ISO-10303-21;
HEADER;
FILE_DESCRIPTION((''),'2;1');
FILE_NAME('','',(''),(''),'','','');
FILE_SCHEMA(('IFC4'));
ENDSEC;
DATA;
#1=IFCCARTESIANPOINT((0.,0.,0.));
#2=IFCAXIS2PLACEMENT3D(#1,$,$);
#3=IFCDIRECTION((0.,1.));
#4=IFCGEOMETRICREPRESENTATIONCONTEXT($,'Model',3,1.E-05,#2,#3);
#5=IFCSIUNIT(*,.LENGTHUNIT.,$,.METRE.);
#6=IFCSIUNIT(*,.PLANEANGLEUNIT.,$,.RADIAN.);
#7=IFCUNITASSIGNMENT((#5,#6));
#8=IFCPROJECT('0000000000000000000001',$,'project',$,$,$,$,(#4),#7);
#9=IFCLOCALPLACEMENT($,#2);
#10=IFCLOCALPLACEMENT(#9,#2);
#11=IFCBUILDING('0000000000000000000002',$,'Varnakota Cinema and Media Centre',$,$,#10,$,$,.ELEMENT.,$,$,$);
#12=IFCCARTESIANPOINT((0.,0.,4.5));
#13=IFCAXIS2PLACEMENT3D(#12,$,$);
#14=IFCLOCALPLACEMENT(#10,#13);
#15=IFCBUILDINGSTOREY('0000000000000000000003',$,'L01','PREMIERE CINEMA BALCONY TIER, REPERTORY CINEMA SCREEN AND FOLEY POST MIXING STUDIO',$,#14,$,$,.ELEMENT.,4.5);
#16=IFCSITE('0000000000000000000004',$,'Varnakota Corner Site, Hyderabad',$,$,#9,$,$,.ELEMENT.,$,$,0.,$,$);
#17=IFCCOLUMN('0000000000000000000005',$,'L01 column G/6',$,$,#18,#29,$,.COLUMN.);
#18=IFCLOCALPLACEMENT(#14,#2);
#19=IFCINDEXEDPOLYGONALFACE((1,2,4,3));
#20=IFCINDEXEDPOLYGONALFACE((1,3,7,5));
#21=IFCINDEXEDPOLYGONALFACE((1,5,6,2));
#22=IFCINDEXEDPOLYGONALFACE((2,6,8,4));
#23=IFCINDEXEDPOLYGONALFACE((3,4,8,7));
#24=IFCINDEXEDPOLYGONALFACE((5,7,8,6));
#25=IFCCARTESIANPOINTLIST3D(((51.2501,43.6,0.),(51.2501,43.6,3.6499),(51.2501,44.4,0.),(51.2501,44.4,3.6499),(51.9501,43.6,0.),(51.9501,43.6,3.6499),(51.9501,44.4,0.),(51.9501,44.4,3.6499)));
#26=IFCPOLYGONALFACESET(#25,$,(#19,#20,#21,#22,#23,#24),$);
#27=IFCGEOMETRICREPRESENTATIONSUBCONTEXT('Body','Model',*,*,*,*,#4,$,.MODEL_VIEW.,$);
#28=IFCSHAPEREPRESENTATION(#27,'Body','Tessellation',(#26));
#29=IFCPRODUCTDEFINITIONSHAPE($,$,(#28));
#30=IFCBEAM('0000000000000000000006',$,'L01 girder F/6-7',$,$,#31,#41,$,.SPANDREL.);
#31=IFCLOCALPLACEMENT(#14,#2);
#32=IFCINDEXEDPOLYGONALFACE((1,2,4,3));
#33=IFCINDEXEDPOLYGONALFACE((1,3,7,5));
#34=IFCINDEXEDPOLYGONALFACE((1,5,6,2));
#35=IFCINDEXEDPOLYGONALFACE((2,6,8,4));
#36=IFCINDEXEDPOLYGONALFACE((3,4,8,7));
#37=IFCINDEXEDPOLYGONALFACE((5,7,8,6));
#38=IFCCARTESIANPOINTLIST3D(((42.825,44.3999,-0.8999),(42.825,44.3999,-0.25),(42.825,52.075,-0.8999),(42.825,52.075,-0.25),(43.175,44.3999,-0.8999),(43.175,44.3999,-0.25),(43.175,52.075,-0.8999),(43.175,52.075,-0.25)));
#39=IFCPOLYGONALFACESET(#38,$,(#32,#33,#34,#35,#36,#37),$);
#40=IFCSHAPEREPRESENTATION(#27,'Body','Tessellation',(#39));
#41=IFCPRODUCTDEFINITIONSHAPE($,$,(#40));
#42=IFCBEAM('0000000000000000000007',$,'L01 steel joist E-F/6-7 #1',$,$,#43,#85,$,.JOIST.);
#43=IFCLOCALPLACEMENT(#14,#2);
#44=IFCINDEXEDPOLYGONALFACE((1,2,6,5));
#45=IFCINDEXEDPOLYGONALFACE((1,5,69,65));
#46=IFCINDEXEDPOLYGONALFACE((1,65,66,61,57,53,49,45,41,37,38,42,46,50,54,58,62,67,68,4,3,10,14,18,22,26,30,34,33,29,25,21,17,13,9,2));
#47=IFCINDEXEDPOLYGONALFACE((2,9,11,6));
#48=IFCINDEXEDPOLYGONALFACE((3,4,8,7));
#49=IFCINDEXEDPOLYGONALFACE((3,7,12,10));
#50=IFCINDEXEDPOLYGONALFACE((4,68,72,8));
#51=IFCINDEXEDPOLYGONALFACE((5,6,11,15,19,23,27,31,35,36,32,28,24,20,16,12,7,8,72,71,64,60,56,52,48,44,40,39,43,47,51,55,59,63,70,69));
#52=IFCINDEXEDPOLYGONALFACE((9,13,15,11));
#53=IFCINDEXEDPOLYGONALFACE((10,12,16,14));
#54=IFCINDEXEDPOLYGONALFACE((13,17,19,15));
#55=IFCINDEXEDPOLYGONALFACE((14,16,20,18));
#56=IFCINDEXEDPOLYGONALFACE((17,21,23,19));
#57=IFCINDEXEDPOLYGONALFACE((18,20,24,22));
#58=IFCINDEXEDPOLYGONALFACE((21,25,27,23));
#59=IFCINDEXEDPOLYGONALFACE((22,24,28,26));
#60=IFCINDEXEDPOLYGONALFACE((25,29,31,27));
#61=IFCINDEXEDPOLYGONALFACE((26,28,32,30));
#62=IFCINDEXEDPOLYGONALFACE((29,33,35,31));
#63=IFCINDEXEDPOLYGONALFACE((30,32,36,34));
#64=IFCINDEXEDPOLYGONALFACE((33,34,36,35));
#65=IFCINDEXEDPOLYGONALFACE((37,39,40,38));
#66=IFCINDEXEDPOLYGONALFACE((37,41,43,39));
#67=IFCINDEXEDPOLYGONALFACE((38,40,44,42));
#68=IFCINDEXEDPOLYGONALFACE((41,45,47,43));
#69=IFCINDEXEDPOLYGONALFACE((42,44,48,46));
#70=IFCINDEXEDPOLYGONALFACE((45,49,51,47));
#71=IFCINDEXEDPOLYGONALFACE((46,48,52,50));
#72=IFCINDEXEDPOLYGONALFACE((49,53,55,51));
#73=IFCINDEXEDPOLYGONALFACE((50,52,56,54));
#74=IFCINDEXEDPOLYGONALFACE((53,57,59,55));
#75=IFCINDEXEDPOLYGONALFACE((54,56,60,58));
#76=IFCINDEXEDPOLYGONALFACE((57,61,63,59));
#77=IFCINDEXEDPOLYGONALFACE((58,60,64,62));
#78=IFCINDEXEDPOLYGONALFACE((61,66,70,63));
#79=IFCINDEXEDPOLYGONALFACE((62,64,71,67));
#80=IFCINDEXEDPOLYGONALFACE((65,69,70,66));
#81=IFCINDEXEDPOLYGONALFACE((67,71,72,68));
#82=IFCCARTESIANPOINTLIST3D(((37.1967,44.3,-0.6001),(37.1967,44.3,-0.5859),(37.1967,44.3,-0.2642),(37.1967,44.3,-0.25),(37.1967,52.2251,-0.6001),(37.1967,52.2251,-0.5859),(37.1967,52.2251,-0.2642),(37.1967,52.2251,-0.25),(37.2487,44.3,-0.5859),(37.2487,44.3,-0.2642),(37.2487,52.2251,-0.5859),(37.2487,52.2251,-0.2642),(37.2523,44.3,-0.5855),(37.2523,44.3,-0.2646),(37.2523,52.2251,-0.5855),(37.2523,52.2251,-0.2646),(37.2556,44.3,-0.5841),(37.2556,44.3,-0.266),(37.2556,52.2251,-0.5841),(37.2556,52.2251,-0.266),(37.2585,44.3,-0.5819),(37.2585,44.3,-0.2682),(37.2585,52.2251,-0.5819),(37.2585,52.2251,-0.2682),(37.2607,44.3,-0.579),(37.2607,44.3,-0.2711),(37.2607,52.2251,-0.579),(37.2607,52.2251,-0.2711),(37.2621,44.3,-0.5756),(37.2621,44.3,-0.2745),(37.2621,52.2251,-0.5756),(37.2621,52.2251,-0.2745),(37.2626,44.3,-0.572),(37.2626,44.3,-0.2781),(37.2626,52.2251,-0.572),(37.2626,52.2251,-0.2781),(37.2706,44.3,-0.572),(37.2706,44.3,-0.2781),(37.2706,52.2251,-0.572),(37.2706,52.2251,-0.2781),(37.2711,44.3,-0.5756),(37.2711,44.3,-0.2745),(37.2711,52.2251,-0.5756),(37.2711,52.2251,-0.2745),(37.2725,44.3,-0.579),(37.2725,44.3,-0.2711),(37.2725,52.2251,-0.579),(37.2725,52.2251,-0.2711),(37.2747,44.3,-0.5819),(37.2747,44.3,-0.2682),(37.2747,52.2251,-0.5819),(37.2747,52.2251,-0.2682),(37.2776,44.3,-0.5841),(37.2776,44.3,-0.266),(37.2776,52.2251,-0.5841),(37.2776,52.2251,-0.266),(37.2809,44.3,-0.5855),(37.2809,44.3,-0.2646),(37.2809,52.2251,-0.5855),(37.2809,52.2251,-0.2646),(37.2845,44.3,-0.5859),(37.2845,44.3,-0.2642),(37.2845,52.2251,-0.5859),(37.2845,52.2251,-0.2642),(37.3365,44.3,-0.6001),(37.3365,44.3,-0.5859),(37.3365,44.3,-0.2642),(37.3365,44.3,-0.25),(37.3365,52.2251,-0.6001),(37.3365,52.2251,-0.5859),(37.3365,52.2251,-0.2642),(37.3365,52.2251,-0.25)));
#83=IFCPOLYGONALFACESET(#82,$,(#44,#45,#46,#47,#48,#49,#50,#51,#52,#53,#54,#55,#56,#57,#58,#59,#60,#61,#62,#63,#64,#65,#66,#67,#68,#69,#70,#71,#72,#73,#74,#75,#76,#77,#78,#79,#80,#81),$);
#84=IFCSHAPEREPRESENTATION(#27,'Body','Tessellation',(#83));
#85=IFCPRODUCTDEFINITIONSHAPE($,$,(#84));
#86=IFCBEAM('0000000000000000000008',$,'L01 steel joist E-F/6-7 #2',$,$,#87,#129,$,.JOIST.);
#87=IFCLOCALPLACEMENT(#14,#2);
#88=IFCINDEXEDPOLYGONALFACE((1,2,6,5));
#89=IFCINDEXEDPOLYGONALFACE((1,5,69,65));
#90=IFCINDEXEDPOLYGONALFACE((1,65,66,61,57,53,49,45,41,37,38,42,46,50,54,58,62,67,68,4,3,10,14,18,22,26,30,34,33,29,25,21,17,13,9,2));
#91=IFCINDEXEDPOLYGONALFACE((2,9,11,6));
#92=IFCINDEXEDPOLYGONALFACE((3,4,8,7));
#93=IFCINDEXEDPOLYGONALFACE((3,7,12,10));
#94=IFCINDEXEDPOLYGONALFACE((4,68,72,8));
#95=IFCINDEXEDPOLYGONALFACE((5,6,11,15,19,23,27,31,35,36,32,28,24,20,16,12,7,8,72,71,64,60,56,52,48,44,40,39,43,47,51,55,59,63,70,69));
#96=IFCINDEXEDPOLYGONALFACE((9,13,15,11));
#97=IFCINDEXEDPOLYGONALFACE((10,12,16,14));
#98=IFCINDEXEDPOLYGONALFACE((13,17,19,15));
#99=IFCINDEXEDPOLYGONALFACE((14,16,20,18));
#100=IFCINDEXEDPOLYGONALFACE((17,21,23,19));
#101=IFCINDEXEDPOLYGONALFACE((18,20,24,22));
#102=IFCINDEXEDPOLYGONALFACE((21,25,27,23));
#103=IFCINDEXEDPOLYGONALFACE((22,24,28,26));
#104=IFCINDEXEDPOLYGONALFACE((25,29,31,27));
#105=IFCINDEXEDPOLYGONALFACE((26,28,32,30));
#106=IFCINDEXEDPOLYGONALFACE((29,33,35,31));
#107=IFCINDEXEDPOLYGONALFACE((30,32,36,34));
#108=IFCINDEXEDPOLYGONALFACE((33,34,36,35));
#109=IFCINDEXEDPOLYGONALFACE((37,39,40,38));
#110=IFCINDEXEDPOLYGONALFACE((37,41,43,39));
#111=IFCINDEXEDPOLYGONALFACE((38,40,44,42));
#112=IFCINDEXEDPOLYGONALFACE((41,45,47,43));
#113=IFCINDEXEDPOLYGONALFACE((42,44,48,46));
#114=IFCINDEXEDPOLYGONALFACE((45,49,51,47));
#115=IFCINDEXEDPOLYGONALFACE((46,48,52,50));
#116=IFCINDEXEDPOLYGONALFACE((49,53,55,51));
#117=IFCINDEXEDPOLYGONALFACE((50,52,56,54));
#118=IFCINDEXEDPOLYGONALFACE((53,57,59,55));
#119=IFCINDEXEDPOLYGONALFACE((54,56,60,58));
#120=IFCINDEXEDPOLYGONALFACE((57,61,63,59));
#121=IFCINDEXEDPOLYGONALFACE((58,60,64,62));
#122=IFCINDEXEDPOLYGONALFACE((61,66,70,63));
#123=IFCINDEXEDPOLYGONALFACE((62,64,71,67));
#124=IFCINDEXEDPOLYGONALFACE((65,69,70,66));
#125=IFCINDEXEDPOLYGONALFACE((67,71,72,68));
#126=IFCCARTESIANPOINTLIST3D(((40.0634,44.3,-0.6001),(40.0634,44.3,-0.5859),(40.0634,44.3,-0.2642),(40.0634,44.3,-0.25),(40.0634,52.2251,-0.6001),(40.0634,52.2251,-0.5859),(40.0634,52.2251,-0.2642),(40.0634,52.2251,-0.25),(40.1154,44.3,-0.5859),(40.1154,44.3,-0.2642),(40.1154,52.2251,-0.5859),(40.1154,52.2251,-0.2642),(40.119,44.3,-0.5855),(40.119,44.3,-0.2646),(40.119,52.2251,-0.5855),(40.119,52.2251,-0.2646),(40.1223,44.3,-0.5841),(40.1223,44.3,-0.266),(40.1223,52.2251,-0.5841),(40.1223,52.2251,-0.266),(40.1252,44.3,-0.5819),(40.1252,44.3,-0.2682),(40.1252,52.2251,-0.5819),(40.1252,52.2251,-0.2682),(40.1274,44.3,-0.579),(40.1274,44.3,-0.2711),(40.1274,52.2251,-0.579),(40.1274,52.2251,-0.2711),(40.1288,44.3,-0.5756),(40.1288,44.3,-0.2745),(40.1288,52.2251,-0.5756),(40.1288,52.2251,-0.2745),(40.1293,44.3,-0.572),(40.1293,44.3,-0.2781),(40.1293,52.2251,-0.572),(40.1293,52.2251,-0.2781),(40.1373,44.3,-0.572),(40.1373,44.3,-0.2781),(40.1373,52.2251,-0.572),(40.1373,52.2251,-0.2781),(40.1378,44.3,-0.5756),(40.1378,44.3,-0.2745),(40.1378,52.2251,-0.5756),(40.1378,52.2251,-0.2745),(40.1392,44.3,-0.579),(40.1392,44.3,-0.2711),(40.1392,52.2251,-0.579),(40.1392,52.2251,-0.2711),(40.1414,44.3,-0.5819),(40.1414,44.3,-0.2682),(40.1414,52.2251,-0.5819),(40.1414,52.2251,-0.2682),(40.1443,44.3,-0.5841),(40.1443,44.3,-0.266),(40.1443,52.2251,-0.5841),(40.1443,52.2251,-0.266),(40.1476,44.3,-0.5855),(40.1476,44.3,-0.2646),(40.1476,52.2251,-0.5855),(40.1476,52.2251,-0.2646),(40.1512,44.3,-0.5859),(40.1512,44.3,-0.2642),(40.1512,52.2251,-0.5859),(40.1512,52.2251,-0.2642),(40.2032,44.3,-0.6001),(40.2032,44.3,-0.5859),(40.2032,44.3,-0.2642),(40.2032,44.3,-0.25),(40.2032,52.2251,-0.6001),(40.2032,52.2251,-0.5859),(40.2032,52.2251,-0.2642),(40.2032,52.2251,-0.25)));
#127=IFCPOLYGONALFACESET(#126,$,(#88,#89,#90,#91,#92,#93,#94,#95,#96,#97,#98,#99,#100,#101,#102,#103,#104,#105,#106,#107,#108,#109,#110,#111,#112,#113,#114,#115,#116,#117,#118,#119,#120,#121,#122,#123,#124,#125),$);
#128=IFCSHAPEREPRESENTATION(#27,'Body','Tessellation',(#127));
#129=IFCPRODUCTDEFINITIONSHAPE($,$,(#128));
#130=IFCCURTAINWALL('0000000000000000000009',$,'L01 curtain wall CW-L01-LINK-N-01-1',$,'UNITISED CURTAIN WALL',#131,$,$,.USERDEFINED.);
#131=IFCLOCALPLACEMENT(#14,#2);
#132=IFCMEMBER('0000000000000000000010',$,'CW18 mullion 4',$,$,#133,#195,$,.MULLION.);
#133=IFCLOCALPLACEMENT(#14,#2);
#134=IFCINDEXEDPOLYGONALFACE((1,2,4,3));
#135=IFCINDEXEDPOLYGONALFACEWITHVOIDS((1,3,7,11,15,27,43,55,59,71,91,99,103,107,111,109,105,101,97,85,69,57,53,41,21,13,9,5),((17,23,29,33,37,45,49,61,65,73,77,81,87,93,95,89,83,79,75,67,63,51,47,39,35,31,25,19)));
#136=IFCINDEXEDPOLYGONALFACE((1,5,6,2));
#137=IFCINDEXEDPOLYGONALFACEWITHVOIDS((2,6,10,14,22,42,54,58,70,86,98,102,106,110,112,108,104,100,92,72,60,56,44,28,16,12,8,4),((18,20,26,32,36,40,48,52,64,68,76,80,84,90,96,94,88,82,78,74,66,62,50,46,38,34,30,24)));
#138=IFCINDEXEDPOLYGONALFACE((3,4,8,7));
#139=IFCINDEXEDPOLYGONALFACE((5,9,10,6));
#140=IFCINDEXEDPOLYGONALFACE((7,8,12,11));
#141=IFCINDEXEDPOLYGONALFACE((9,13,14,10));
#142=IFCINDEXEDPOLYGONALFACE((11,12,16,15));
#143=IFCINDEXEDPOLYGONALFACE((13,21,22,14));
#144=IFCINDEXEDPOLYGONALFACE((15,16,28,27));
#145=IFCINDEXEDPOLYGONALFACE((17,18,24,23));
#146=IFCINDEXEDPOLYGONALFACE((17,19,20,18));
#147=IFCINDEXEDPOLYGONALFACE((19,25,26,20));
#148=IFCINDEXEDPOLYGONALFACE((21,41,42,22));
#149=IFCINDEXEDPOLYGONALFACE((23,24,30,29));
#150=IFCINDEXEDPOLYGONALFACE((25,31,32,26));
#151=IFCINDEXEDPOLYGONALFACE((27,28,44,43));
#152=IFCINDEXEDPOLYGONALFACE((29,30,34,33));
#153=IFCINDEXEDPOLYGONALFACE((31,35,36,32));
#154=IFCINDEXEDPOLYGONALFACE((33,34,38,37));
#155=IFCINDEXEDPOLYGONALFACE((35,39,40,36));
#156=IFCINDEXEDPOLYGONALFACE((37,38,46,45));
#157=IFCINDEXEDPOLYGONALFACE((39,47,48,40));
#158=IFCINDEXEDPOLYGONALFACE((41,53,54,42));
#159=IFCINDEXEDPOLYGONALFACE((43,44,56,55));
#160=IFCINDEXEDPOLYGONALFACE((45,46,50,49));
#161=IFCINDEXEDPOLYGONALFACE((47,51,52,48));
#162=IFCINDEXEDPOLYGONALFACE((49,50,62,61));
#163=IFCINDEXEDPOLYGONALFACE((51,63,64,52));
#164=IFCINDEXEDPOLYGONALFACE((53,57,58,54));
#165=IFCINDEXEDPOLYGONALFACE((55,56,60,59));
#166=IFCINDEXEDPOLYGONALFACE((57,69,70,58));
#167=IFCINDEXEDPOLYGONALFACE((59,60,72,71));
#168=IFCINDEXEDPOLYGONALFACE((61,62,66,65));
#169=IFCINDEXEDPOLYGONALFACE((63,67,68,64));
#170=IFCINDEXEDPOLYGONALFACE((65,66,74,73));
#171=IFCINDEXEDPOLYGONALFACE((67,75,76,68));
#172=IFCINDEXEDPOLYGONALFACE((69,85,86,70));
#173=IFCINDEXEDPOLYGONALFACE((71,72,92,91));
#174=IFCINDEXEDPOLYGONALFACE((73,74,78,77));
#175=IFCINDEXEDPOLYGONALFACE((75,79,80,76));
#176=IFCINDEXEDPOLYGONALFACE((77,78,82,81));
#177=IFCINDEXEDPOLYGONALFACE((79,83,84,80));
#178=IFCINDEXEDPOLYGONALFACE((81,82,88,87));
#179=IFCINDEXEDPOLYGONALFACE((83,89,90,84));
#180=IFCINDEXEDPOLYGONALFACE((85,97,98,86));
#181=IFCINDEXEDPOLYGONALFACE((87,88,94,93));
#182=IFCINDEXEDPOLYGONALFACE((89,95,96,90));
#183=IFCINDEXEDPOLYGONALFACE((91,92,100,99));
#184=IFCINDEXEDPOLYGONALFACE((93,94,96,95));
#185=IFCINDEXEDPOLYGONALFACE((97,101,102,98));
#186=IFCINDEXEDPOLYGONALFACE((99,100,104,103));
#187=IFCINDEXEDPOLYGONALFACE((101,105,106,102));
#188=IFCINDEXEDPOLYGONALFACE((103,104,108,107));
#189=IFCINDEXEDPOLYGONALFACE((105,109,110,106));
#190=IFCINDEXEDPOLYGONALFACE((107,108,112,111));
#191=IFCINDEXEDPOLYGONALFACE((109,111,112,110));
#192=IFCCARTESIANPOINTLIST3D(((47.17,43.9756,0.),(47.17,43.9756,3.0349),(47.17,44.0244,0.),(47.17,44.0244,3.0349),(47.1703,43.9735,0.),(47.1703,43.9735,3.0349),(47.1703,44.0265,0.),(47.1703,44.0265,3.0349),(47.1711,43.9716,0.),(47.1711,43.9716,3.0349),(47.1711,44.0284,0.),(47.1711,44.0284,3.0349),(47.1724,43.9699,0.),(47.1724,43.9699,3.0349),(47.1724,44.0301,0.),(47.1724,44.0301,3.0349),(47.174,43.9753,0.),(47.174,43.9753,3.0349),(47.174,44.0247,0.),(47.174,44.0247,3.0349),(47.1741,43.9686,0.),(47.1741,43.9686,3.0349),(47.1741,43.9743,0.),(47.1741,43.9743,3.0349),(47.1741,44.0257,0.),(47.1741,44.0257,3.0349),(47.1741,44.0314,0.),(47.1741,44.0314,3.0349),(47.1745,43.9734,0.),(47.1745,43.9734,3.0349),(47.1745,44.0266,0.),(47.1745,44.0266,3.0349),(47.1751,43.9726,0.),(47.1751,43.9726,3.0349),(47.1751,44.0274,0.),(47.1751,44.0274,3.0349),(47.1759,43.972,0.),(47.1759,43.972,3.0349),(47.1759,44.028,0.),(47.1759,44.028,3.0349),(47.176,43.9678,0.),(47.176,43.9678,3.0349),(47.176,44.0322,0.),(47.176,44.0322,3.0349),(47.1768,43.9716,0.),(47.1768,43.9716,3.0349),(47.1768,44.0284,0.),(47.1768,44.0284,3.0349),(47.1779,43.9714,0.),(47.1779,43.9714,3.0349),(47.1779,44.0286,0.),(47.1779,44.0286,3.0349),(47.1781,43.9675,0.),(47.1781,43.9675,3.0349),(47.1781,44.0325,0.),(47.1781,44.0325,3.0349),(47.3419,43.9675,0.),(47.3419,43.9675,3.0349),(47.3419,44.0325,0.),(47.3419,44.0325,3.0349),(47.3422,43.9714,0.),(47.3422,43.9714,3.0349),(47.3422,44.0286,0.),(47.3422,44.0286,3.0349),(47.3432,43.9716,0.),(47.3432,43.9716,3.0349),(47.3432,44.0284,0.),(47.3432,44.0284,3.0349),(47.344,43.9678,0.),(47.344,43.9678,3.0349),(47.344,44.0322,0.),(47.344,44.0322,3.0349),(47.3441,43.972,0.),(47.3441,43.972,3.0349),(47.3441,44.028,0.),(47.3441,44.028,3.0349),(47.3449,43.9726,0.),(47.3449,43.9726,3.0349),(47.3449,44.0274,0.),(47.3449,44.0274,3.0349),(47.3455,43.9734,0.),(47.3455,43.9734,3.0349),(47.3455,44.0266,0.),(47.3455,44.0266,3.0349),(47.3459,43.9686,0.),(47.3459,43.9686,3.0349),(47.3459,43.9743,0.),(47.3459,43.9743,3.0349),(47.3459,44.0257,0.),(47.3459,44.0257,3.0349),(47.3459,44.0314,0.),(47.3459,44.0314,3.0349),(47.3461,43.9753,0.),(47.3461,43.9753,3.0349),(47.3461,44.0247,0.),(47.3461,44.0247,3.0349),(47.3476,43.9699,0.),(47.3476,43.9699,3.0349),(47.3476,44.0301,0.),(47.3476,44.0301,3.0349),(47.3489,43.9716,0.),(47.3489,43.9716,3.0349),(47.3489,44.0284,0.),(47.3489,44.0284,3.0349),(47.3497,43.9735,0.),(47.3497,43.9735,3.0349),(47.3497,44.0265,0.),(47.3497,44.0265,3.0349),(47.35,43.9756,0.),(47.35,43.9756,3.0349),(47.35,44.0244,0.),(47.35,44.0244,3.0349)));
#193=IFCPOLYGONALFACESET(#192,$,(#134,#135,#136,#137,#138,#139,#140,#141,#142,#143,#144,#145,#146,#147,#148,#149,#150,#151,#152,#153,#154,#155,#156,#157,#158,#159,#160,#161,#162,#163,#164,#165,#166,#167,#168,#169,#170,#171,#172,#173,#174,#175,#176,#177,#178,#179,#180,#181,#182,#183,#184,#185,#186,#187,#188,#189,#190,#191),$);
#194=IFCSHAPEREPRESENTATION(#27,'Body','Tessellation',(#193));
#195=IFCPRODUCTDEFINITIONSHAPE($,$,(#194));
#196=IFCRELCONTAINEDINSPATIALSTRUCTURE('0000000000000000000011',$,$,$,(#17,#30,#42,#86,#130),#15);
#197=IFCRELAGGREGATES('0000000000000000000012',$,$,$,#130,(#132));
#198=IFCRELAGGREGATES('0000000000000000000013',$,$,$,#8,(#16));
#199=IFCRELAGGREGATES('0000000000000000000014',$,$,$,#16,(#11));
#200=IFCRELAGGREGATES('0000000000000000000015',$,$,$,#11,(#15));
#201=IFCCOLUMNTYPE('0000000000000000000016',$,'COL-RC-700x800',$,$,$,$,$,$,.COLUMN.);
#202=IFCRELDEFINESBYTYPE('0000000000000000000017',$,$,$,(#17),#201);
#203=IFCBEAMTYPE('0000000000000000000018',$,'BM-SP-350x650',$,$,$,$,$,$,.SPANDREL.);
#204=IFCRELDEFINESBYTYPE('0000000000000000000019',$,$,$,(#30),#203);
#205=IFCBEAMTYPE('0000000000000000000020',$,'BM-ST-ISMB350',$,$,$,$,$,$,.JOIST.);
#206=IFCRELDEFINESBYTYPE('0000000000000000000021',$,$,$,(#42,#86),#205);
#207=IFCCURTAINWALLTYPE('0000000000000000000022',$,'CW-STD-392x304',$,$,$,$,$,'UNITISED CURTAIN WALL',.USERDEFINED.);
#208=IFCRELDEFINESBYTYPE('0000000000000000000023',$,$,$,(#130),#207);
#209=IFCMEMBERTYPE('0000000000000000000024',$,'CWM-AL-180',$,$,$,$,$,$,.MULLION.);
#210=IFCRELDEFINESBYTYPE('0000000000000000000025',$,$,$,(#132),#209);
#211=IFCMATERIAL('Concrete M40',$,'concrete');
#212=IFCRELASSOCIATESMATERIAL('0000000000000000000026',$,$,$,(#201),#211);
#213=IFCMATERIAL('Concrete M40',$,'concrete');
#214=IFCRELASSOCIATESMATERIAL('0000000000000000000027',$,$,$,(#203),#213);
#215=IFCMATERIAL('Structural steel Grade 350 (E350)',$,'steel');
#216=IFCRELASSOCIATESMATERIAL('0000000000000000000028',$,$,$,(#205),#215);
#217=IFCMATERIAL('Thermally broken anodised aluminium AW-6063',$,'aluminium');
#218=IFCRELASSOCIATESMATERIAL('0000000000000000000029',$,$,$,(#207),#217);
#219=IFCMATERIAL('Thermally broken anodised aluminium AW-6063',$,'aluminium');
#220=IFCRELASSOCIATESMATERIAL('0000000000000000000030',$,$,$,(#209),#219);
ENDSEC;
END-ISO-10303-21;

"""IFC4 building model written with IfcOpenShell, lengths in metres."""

from ifc_helpers import new_model, si_unit, direction, frame, origin, origin_2d, place, context, subcontext, project, spatial, rectangle, hollow_rectangle, i_section, extrude, material, material_profile, profile_set, type_object, element, aggregate, save


model = new_model("IFC4")

# Units and contexts
model_context = context("Model", 3, precision=1e-05, world=origin(), true_north=direction((0.0, 1.0)))
body_context = subcontext(model_context, "Body", "Model", "MODEL_VIEW")
ifc_project = project(units=[si_unit("LENGTHUNIT", "METRE"), si_unit("PLANEANGLEUNIT", "RADIAN")], contexts=[model_context])

# Site, building, storey
site_placement = place(None, origin())
site = spatial("IfcSite", under=ifc_project, at=site_placement, Name="Varnakota Corner Site, Hyderabad", CompositionType="ELEMENT", RefElevation=0.0)
building_placement = place(site_placement, origin())
building = spatial("IfcBuilding", under=site, at=building_placement, Name="Varnakota Cinema and Media Centre", CompositionType="ELEMENT")
storey_placement = place(building_placement, frame((0.0, 0.0, 4.5)))
storey = spatial("IfcBuildingStorey", under=building, at=storey_placement, Name="L01", Description="PREMIERE CINEMA BALCONY TIER, REPERTORY CINEMA SCREEN AND FOLEY POST MIXING STUDIO", CompositionType="ELEMENT", Elevation=4.5)

# Column
ifc_material_1 = material(Name="Concrete M40", Category="concrete")
ifc_material_profile_1 = material_profile(ifc_material_1, rectangle(XDim=0.7, YDim=0.8, at=origin_2d()), Name="RC 700x800")
ifc_profile_set_1 = profile_set([ifc_material_profile_1], Name="Concrete M40")
column_type = type_object("IfcColumnType", Name="COL-RC-700x800", PredefinedType="COLUMN", material=ifc_profile_set_1)
column_placement = place(storey_placement, frame((51.6001, 44.0, 0.0), z_axis=(0.0, 0.0, 1.0), x_axis=(1.0, 0.0, 0.0)))
element("IfcColumn", 1, at=column_placement, inside=storey, type_object=column_type, Name="L01 column G/6", PredefinedType="COLUMN", context=body_context, shape_type="SweptSolid", body=[
    extrude(rectangle(XDim=0.7, YDim=0.8, at=origin_2d()), origin(), (0.0, 0.0, 1.0), 3.6499),
])

# Beams
ifc_material_2 = material(Name="Concrete M40", Category="concrete")
ifc_material_profile_2 = material_profile(ifc_material_2, rectangle(XDim=0.3501, YDim=0.6499, at=origin_2d()), Name="RCB 350x650")
ifc_profile_set_2 = profile_set([ifc_material_profile_2], Name="Concrete M40")
beam_type_1 = type_object("IfcBeamType", Name="BM-SP-350x650", PredefinedType="SPANDREL", material=ifc_profile_set_2)
beam_placement = place(storey_placement, frame((43.0, 44.3999, -0.575), z_axis=(0.0, 1.0, 0.0), x_axis=(-1.0, 0.0, 0.0)))
element("IfcBeam", 2, at=beam_placement, inside=storey, type_object=beam_type_1, Name="L01 girder F/6-7", PredefinedType="SPANDREL", context=body_context, shape_type="SweptSolid", body=[
    extrude(rectangle(XDim=0.3501, YDim=0.6499, at=origin_2d()), origin(), (0.0, 0.0, 1.0), 7.675),
])
ifc_material_3 = material(Name="Structural steel Grade 350 (E350)", Category="steel")
ifc_material_profile_3 = material_profile(ifc_material_3, i_section(OverallWidth=0.1399, OverallDepth=0.3501, WebThickness=0.0081, FlangeThickness=0.0142, FilletRadius=0.0139, at=origin_2d()), Name="ISMB 350")
ifc_profile_set_3 = profile_set([ifc_material_profile_3], Name="Structural steel Grade 350 (E350)")
beam_type_2 = type_object("IfcBeamType", Name="BM-ST-ISMB350", PredefinedType="JOIST", material=ifc_profile_set_3)
for number, where, z_axis, x_axis, name in (
    (3, (37.2666, 44.3, -0.425), (0.0, 1.0, 0.0), (-1.0, 0.0, 0.0), "L01 steel joist E-F/6-7 #1"),
    (4, (40.1333, 44.3, -0.425), (0.0, 1.0, 0.0), (-1.0, 0.0, 0.0), "L01 steel joist E-F/6-7 #2"),
):
    element("IfcBeam", number, at=place(storey_placement, frame(where, z_axis=z_axis, x_axis=x_axis)), inside=storey, type_object=beam_type_2, Name=name, PredefinedType="JOIST", context=body_context, shape_type="SweptSolid", body=[
        extrude(i_section(OverallWidth=0.1399, OverallDepth=0.3501, WebThickness=0.0081, FlangeThickness=0.0142, FilletRadius=0.0139, at=origin_2d()), origin(), (0.0, 0.0, 1.0), 7.925),
    ])

# Curtain wall, member
ifc_material_4 = material(Name="Thermally broken anodised aluminium AW-6063", Category="aluminium")
curtain_wall_type = type_object("IfcCurtainWallType", Name="CW-STD-392x304", ElementType="UNITISED CURTAIN WALL", PredefinedType="USERDEFINED", material=ifc_material_4)
curtain_wall_1_placement = place(storey_placement, origin())
curtain_wall_1 = element("IfcCurtainWall", 5, at=curtain_wall_1_placement, inside=storey, type_object=curtain_wall_type, Name="L01 curtain wall CW-L01-LINK-N-01-1", ObjectType="UNITISED CURTAIN WALL", PredefinedType="USERDEFINED")
ifc_material_5 = material(Name="Thermally broken anodised aluminium AW-6063", Category="aluminium")
ifc_material_profile_4 = material_profile(ifc_material_5, hollow_rectangle(XDim=0.0649, YDim=0.1799, WallThickness=0.0039, InnerFilletRadius=0.0039, OuterFilletRadius=0.0081, at=origin_2d()), Name="AL-MULLION 180x65x4")
ifc_profile_set_4 = profile_set([ifc_material_profile_4], Name="Thermally broken anodised aluminium AW-6063")
member_type_1 = type_object("IfcMemberType", Name="CWM-AL-180", PredefinedType="MULLION", material=ifc_profile_set_4)
member_1_placement = place(storey_placement, frame((47.26, 44.0, 0.0), z_axis=(0.0, 0.0, 1.0), x_axis=(0.0, 1.0, 0.0)))
member_1 = element("IfcMember", 6, at=member_1_placement, type_object=member_type_1, Name="CW18 mullion 4", PredefinedType="MULLION", context=body_context, shape_type="SweptSolid", body=[
    extrude(hollow_rectangle(XDim=0.0649, YDim=0.1799, WallThickness=0.0039, InnerFilletRadius=0.0039, OuterFilletRadius=0.0081, at=origin_2d()), origin(), (0.0, 0.0, 1.0), 3.0349),
])

aggregate(curtain_wall_1, [member_1])

save(model, "model.ifc")
